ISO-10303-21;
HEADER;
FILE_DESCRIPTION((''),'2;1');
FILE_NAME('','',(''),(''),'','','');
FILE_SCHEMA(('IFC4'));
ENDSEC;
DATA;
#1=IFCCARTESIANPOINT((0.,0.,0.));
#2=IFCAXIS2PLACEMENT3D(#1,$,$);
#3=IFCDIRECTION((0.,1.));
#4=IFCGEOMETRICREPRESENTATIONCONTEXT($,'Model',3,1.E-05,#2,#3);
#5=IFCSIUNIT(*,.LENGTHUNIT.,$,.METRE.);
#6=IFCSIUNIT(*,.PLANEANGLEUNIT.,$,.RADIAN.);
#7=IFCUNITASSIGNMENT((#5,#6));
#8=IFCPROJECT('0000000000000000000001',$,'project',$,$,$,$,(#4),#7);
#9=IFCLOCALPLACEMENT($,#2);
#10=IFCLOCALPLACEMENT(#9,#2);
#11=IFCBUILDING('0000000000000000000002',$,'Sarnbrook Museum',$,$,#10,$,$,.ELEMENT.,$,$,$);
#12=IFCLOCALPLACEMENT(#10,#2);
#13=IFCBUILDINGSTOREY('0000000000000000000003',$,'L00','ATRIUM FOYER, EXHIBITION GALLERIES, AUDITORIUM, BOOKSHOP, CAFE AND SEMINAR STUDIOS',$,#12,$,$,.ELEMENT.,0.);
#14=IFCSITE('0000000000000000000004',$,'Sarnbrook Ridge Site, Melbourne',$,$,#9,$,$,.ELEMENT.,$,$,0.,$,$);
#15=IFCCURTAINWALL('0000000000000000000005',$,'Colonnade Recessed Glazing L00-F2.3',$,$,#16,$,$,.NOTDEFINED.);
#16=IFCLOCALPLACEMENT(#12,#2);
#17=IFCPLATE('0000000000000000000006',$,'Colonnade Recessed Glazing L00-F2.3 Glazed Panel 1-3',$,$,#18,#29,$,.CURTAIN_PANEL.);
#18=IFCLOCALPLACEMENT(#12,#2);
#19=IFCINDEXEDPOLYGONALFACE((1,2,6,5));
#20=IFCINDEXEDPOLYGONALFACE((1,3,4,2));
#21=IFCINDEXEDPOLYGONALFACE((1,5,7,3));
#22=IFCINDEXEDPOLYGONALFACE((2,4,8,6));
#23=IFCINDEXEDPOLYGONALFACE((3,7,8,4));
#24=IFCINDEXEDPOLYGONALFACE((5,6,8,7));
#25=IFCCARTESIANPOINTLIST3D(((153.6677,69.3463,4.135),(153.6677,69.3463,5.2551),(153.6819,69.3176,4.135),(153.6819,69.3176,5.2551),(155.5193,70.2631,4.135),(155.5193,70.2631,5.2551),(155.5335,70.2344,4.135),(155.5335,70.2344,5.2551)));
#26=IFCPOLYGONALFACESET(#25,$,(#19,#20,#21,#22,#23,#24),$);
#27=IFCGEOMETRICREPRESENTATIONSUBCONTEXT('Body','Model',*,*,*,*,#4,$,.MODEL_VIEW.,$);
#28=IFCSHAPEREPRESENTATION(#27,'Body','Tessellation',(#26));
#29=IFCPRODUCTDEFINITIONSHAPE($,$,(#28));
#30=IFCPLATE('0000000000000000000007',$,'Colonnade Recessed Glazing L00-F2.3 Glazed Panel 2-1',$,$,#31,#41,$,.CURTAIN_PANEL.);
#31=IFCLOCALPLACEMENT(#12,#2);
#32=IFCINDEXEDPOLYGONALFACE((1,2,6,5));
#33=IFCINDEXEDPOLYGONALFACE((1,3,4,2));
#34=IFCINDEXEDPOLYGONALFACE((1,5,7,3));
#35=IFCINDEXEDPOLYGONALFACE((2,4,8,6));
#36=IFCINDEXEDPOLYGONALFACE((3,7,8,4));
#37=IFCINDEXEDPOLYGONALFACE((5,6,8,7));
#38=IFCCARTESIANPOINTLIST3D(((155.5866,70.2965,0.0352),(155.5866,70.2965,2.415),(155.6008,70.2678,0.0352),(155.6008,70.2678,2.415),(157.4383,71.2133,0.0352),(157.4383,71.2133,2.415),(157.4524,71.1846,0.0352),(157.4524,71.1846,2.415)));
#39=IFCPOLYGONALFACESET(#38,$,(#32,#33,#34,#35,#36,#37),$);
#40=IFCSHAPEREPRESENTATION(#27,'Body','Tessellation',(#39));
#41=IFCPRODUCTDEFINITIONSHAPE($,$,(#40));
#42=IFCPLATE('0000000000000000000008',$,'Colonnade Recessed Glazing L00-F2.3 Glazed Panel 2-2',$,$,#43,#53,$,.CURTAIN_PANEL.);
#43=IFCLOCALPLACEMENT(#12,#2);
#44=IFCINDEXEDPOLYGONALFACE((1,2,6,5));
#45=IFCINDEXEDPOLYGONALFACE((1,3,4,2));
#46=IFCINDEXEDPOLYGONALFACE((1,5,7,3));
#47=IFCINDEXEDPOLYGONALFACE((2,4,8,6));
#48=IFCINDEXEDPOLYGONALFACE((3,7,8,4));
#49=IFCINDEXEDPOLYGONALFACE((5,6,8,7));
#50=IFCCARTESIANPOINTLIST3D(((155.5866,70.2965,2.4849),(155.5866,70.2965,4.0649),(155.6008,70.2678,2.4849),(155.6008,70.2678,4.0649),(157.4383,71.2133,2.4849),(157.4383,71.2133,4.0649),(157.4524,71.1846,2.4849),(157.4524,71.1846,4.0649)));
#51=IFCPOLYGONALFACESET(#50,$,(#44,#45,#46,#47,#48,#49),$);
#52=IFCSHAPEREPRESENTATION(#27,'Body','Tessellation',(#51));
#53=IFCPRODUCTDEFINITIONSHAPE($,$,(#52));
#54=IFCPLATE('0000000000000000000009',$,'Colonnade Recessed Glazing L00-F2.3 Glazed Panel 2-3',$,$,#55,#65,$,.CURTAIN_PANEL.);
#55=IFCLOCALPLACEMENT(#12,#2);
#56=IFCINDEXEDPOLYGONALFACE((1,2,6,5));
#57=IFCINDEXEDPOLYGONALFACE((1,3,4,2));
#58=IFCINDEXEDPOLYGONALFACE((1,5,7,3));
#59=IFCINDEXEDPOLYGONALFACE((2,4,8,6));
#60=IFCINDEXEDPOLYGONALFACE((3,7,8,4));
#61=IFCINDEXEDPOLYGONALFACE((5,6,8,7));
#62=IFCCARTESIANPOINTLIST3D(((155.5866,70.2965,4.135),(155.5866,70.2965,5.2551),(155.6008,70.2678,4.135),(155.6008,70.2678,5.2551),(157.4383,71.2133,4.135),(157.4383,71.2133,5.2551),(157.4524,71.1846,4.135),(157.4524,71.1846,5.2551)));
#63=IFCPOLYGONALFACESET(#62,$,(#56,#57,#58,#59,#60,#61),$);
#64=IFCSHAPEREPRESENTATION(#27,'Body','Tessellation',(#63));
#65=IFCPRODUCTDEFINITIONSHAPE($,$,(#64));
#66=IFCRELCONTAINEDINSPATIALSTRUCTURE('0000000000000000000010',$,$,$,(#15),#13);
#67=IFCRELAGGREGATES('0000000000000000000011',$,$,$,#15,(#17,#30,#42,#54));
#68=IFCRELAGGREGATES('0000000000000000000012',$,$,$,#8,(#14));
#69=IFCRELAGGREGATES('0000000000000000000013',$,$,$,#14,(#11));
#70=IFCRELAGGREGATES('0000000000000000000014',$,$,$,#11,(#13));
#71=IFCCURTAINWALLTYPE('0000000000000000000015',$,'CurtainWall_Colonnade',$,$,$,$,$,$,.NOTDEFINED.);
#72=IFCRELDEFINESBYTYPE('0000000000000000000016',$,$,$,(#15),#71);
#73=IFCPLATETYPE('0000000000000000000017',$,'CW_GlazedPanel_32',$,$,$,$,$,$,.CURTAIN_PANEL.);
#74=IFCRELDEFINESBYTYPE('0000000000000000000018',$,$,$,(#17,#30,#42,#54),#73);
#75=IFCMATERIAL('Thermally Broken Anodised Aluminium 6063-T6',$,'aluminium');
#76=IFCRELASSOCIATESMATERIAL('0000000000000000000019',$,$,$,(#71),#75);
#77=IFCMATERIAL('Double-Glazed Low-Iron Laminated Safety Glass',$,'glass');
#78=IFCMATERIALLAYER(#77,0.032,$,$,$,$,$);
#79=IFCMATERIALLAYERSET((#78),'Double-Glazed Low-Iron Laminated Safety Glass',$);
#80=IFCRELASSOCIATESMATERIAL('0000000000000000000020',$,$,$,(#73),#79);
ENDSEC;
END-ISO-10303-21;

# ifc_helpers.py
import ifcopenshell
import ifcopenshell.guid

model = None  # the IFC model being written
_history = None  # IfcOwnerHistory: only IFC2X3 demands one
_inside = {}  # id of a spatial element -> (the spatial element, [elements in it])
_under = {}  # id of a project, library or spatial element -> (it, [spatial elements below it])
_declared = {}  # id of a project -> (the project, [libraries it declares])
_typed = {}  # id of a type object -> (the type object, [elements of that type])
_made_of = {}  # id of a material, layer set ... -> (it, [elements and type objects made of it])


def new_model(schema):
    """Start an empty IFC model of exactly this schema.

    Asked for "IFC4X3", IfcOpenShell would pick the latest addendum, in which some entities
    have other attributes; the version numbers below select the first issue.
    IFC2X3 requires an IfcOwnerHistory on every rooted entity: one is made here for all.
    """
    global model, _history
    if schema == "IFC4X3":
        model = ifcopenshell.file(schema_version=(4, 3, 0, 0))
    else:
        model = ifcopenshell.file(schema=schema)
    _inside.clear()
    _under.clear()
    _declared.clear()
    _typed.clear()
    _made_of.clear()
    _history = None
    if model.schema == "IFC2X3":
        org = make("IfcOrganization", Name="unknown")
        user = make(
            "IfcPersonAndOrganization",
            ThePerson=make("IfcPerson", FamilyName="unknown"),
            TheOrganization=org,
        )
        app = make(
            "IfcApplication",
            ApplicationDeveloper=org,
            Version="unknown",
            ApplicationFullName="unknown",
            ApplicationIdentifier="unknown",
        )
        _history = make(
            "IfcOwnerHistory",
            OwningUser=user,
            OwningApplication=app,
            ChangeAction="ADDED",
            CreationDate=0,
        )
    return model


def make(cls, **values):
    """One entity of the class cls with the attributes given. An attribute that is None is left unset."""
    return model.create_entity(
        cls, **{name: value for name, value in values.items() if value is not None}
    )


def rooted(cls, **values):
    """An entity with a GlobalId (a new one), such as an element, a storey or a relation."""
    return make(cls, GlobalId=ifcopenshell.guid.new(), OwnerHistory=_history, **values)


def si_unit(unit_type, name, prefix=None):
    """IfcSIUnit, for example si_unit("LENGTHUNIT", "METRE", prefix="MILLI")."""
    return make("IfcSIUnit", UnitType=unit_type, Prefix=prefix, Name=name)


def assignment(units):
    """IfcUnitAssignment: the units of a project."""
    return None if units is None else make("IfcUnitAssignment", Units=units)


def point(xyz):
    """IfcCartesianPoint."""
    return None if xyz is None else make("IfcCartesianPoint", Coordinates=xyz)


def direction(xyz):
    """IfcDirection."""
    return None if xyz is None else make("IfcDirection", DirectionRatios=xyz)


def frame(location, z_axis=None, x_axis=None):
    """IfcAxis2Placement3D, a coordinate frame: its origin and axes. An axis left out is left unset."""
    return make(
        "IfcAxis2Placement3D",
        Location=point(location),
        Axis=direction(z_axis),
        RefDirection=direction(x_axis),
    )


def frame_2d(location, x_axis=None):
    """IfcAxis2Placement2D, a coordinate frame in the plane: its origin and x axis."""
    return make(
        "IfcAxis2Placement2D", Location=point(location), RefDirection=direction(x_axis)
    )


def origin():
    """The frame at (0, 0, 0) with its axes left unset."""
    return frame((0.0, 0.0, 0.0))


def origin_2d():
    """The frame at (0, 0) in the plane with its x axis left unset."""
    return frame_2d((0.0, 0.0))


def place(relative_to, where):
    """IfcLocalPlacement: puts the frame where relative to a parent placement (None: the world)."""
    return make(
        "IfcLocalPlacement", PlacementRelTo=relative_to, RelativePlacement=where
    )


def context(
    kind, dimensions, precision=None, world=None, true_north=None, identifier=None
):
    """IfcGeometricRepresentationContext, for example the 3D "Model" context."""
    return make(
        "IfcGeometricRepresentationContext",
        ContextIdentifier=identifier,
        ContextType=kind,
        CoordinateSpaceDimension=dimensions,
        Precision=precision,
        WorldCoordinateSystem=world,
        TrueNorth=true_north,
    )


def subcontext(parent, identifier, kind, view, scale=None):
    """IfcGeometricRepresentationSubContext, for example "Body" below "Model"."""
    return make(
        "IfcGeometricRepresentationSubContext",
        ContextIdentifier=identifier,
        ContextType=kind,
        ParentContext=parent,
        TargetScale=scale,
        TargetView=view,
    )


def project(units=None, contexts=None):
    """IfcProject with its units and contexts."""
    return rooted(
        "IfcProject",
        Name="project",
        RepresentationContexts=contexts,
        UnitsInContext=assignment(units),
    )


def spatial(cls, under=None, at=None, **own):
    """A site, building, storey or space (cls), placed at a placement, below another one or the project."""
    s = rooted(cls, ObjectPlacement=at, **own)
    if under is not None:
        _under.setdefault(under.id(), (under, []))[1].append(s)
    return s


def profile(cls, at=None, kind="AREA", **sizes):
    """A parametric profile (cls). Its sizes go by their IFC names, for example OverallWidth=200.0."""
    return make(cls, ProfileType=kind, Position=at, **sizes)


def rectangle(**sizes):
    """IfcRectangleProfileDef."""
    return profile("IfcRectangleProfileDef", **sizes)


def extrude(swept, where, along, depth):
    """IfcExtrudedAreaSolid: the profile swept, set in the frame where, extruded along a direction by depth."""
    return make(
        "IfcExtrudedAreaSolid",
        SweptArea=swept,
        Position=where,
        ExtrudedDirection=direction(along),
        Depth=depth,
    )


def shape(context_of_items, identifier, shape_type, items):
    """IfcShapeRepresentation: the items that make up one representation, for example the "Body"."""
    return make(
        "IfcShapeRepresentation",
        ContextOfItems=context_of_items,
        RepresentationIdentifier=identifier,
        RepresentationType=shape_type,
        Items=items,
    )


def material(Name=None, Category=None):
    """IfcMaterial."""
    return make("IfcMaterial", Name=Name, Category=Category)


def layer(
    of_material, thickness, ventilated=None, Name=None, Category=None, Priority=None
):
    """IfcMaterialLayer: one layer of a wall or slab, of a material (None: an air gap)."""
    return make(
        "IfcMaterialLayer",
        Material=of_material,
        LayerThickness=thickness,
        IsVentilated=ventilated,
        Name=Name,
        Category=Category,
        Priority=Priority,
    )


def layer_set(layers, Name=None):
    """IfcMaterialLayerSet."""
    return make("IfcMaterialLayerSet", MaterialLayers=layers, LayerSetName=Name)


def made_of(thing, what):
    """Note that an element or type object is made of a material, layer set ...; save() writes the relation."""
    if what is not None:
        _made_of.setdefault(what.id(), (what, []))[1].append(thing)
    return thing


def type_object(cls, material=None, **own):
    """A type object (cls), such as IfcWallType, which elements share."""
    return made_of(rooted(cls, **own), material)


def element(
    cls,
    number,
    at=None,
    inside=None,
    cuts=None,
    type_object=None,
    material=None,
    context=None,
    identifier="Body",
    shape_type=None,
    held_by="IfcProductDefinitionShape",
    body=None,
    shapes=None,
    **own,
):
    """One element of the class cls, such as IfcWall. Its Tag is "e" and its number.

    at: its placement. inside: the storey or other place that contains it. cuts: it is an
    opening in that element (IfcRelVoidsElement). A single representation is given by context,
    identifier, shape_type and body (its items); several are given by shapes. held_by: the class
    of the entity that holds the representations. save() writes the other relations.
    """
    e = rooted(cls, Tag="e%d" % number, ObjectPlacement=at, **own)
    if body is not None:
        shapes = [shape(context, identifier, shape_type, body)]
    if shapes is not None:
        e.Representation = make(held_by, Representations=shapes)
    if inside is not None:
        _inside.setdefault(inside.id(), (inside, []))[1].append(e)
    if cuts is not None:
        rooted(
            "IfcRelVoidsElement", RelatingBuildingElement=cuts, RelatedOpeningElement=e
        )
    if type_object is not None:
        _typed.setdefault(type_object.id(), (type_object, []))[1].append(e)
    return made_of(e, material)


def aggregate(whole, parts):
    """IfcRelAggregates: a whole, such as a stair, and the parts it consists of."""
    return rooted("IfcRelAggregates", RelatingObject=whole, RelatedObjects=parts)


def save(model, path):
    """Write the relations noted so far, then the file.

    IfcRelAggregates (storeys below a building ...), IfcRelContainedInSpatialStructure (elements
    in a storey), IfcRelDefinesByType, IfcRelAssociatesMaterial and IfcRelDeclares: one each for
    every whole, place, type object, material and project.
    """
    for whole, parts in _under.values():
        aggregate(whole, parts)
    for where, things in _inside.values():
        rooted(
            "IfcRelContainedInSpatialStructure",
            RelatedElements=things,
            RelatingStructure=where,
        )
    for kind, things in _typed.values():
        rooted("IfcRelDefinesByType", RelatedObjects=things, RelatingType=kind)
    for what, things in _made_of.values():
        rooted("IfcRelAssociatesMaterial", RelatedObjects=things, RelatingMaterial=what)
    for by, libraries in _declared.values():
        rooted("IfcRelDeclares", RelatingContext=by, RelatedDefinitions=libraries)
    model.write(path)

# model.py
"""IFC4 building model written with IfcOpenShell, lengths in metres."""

from ifc_helpers import new_model, si_unit, direction, frame, origin, origin_2d, place, context, subcontext, project, spatial, rectangle, extrude, material, layer, layer_set, type_object, element, aggregate, save


model = new_model("IFC4")

# Units and contexts
model_context = context("Model", 3, precision=1e-05, world=origin(), true_north=direction((0.0, 1.0)))
body_context = subcontext(model_context, "Body", "Model", "MODEL_VIEW")
ifc_project = project(units=[si_unit("LENGTHUNIT", "METRE"), si_unit("PLANEANGLEUNIT", "RADIAN")], contexts=[model_context])

# Site, building, storey
site_placement = place(None, origin())
site = spatial("IfcSite", under=ifc_project, at=site_placement, Name="Sarnbrook Ridge Site, Melbourne", CompositionType="ELEMENT", RefElevation=0.0)
building_placement = place(site_placement, origin())
building = spatial("IfcBuilding", under=site, at=building_placement, Name="Sarnbrook Museum", CompositionType="ELEMENT")
storey_placement = place(building_placement, origin())
storey = spatial("IfcBuildingStorey", under=building, at=storey_placement, Name="L00", Description="ATRIUM FOYER, EXHIBITION GALLERIES, AUDITORIUM, BOOKSHOP, CAFE AND SEMINAR STUDIOS", CompositionType="ELEMENT", Elevation=0.0)

# Curtain wall
ifc_material_1 = material(Name="Thermally Broken Anodised Aluminium 6063-T6", Category="aluminium")
curtain_wall_type = type_object("IfcCurtainWallType", Name="CurtainWall_Colonnade", PredefinedType="NOTDEFINED", material=ifc_material_1)
curtain_wall_1_placement = place(storey_placement, origin())
curtain_wall_1 = element("IfcCurtainWall", 1, at=curtain_wall_1_placement, inside=storey, type_object=curtain_wall_type, Name="Colonnade Recessed Glazing L00-F2.3", PredefinedType="NOTDEFINED")

# Plates
ifc_material_2 = material(Name="Double-Glazed Low-Iron Laminated Safety Glass", Category="glass")
ifc_layer = layer(ifc_material_2, 0.032)
ifc_layer_set = layer_set([ifc_layer], Name="Double-Glazed Low-Iron Laminated Safety Glass")
plate_type = type_object("IfcPlateType", Name="CW_GlazedPanel_32", PredefinedType="CURTAIN_PANEL", material=ifc_layer_set)
plate_1_placement = place(storey_placement, frame((154.5935, 69.8047, 4.6951), z_axis=(0.443729, -0.896161, 0.0), x_axis=(0.896161, 0.443729, 0.0)))
plate_1 = element("IfcPlate", 2, at=plate_1_placement, type_object=plate_type, Name="Colonnade Recessed Glazing L00-F2.3 Glazed Panel 1-3", PredefinedType="CURTAIN_PANEL", context=body_context, shape_type="SweptSolid", body=[
    extrude(rectangle(XDim=2.0662, YDim=1.1201, at=origin_2d()), origin(), (0.0, 0.0, 1.0), 0.032),
])
plate_2_placement = place(storey_placement, frame((156.5125, 70.7549, 1.2251), z_axis=(0.443729, -0.896161, 0.0), x_axis=(0.896161, 0.443729, 0.0)))
plate_2 = element("IfcPlate", 3, at=plate_2_placement, type_object=plate_type, Name="Colonnade Recessed Glazing L00-F2.3 Glazed Panel 2-1", PredefinedType="CURTAIN_PANEL", context=body_context, shape_type="SweptSolid", body=[
    extrude(rectangle(XDim=2.0662, YDim=2.3799, at=origin_2d()), origin(), (0.0, 0.0, 1.0), 0.032),
])
plate_3_placement = place(storey_placement, frame((156.5125, 70.7549, 3.2749), z_axis=(0.443729, -0.896161, 0.0), x_axis=(0.896161, 0.443729, 0.0)))
plate_3 = element("IfcPlate", 4, at=plate_3_placement, type_object=plate_type, Name="Colonnade Recessed Glazing L00-F2.3 Glazed Panel 2-2", PredefinedType="CURTAIN_PANEL", context=body_context, shape_type="SweptSolid", body=[
    extrude(rectangle(XDim=2.0662, YDim=1.5801, at=origin_2d()), origin(), (0.0, 0.0, 1.0), 0.032),
])
plate_4_placement = place(storey_placement, frame((156.5125, 70.7549, 4.6951), z_axis=(0.443729, -0.896161, 0.0), x_axis=(0.896161, 0.443729, 0.0)))
plate_4 = element("IfcPlate", 5, at=plate_4_placement, type_object=plate_type, Name="Colonnade Recessed Glazing L00-F2.3 Glazed Panel 2-3", PredefinedType="CURTAIN_PANEL", context=body_context, shape_type="SweptSolid", body=[
    extrude(rectangle(XDim=2.0662, YDim=1.1201, at=origin_2d()), origin(), (0.0, 0.0, 1.0), 0.032),
])
aggregate(curtain_wall_1, [plate_1, plate_2, plate_3, plate_4])

save(model, "model.ifc")
